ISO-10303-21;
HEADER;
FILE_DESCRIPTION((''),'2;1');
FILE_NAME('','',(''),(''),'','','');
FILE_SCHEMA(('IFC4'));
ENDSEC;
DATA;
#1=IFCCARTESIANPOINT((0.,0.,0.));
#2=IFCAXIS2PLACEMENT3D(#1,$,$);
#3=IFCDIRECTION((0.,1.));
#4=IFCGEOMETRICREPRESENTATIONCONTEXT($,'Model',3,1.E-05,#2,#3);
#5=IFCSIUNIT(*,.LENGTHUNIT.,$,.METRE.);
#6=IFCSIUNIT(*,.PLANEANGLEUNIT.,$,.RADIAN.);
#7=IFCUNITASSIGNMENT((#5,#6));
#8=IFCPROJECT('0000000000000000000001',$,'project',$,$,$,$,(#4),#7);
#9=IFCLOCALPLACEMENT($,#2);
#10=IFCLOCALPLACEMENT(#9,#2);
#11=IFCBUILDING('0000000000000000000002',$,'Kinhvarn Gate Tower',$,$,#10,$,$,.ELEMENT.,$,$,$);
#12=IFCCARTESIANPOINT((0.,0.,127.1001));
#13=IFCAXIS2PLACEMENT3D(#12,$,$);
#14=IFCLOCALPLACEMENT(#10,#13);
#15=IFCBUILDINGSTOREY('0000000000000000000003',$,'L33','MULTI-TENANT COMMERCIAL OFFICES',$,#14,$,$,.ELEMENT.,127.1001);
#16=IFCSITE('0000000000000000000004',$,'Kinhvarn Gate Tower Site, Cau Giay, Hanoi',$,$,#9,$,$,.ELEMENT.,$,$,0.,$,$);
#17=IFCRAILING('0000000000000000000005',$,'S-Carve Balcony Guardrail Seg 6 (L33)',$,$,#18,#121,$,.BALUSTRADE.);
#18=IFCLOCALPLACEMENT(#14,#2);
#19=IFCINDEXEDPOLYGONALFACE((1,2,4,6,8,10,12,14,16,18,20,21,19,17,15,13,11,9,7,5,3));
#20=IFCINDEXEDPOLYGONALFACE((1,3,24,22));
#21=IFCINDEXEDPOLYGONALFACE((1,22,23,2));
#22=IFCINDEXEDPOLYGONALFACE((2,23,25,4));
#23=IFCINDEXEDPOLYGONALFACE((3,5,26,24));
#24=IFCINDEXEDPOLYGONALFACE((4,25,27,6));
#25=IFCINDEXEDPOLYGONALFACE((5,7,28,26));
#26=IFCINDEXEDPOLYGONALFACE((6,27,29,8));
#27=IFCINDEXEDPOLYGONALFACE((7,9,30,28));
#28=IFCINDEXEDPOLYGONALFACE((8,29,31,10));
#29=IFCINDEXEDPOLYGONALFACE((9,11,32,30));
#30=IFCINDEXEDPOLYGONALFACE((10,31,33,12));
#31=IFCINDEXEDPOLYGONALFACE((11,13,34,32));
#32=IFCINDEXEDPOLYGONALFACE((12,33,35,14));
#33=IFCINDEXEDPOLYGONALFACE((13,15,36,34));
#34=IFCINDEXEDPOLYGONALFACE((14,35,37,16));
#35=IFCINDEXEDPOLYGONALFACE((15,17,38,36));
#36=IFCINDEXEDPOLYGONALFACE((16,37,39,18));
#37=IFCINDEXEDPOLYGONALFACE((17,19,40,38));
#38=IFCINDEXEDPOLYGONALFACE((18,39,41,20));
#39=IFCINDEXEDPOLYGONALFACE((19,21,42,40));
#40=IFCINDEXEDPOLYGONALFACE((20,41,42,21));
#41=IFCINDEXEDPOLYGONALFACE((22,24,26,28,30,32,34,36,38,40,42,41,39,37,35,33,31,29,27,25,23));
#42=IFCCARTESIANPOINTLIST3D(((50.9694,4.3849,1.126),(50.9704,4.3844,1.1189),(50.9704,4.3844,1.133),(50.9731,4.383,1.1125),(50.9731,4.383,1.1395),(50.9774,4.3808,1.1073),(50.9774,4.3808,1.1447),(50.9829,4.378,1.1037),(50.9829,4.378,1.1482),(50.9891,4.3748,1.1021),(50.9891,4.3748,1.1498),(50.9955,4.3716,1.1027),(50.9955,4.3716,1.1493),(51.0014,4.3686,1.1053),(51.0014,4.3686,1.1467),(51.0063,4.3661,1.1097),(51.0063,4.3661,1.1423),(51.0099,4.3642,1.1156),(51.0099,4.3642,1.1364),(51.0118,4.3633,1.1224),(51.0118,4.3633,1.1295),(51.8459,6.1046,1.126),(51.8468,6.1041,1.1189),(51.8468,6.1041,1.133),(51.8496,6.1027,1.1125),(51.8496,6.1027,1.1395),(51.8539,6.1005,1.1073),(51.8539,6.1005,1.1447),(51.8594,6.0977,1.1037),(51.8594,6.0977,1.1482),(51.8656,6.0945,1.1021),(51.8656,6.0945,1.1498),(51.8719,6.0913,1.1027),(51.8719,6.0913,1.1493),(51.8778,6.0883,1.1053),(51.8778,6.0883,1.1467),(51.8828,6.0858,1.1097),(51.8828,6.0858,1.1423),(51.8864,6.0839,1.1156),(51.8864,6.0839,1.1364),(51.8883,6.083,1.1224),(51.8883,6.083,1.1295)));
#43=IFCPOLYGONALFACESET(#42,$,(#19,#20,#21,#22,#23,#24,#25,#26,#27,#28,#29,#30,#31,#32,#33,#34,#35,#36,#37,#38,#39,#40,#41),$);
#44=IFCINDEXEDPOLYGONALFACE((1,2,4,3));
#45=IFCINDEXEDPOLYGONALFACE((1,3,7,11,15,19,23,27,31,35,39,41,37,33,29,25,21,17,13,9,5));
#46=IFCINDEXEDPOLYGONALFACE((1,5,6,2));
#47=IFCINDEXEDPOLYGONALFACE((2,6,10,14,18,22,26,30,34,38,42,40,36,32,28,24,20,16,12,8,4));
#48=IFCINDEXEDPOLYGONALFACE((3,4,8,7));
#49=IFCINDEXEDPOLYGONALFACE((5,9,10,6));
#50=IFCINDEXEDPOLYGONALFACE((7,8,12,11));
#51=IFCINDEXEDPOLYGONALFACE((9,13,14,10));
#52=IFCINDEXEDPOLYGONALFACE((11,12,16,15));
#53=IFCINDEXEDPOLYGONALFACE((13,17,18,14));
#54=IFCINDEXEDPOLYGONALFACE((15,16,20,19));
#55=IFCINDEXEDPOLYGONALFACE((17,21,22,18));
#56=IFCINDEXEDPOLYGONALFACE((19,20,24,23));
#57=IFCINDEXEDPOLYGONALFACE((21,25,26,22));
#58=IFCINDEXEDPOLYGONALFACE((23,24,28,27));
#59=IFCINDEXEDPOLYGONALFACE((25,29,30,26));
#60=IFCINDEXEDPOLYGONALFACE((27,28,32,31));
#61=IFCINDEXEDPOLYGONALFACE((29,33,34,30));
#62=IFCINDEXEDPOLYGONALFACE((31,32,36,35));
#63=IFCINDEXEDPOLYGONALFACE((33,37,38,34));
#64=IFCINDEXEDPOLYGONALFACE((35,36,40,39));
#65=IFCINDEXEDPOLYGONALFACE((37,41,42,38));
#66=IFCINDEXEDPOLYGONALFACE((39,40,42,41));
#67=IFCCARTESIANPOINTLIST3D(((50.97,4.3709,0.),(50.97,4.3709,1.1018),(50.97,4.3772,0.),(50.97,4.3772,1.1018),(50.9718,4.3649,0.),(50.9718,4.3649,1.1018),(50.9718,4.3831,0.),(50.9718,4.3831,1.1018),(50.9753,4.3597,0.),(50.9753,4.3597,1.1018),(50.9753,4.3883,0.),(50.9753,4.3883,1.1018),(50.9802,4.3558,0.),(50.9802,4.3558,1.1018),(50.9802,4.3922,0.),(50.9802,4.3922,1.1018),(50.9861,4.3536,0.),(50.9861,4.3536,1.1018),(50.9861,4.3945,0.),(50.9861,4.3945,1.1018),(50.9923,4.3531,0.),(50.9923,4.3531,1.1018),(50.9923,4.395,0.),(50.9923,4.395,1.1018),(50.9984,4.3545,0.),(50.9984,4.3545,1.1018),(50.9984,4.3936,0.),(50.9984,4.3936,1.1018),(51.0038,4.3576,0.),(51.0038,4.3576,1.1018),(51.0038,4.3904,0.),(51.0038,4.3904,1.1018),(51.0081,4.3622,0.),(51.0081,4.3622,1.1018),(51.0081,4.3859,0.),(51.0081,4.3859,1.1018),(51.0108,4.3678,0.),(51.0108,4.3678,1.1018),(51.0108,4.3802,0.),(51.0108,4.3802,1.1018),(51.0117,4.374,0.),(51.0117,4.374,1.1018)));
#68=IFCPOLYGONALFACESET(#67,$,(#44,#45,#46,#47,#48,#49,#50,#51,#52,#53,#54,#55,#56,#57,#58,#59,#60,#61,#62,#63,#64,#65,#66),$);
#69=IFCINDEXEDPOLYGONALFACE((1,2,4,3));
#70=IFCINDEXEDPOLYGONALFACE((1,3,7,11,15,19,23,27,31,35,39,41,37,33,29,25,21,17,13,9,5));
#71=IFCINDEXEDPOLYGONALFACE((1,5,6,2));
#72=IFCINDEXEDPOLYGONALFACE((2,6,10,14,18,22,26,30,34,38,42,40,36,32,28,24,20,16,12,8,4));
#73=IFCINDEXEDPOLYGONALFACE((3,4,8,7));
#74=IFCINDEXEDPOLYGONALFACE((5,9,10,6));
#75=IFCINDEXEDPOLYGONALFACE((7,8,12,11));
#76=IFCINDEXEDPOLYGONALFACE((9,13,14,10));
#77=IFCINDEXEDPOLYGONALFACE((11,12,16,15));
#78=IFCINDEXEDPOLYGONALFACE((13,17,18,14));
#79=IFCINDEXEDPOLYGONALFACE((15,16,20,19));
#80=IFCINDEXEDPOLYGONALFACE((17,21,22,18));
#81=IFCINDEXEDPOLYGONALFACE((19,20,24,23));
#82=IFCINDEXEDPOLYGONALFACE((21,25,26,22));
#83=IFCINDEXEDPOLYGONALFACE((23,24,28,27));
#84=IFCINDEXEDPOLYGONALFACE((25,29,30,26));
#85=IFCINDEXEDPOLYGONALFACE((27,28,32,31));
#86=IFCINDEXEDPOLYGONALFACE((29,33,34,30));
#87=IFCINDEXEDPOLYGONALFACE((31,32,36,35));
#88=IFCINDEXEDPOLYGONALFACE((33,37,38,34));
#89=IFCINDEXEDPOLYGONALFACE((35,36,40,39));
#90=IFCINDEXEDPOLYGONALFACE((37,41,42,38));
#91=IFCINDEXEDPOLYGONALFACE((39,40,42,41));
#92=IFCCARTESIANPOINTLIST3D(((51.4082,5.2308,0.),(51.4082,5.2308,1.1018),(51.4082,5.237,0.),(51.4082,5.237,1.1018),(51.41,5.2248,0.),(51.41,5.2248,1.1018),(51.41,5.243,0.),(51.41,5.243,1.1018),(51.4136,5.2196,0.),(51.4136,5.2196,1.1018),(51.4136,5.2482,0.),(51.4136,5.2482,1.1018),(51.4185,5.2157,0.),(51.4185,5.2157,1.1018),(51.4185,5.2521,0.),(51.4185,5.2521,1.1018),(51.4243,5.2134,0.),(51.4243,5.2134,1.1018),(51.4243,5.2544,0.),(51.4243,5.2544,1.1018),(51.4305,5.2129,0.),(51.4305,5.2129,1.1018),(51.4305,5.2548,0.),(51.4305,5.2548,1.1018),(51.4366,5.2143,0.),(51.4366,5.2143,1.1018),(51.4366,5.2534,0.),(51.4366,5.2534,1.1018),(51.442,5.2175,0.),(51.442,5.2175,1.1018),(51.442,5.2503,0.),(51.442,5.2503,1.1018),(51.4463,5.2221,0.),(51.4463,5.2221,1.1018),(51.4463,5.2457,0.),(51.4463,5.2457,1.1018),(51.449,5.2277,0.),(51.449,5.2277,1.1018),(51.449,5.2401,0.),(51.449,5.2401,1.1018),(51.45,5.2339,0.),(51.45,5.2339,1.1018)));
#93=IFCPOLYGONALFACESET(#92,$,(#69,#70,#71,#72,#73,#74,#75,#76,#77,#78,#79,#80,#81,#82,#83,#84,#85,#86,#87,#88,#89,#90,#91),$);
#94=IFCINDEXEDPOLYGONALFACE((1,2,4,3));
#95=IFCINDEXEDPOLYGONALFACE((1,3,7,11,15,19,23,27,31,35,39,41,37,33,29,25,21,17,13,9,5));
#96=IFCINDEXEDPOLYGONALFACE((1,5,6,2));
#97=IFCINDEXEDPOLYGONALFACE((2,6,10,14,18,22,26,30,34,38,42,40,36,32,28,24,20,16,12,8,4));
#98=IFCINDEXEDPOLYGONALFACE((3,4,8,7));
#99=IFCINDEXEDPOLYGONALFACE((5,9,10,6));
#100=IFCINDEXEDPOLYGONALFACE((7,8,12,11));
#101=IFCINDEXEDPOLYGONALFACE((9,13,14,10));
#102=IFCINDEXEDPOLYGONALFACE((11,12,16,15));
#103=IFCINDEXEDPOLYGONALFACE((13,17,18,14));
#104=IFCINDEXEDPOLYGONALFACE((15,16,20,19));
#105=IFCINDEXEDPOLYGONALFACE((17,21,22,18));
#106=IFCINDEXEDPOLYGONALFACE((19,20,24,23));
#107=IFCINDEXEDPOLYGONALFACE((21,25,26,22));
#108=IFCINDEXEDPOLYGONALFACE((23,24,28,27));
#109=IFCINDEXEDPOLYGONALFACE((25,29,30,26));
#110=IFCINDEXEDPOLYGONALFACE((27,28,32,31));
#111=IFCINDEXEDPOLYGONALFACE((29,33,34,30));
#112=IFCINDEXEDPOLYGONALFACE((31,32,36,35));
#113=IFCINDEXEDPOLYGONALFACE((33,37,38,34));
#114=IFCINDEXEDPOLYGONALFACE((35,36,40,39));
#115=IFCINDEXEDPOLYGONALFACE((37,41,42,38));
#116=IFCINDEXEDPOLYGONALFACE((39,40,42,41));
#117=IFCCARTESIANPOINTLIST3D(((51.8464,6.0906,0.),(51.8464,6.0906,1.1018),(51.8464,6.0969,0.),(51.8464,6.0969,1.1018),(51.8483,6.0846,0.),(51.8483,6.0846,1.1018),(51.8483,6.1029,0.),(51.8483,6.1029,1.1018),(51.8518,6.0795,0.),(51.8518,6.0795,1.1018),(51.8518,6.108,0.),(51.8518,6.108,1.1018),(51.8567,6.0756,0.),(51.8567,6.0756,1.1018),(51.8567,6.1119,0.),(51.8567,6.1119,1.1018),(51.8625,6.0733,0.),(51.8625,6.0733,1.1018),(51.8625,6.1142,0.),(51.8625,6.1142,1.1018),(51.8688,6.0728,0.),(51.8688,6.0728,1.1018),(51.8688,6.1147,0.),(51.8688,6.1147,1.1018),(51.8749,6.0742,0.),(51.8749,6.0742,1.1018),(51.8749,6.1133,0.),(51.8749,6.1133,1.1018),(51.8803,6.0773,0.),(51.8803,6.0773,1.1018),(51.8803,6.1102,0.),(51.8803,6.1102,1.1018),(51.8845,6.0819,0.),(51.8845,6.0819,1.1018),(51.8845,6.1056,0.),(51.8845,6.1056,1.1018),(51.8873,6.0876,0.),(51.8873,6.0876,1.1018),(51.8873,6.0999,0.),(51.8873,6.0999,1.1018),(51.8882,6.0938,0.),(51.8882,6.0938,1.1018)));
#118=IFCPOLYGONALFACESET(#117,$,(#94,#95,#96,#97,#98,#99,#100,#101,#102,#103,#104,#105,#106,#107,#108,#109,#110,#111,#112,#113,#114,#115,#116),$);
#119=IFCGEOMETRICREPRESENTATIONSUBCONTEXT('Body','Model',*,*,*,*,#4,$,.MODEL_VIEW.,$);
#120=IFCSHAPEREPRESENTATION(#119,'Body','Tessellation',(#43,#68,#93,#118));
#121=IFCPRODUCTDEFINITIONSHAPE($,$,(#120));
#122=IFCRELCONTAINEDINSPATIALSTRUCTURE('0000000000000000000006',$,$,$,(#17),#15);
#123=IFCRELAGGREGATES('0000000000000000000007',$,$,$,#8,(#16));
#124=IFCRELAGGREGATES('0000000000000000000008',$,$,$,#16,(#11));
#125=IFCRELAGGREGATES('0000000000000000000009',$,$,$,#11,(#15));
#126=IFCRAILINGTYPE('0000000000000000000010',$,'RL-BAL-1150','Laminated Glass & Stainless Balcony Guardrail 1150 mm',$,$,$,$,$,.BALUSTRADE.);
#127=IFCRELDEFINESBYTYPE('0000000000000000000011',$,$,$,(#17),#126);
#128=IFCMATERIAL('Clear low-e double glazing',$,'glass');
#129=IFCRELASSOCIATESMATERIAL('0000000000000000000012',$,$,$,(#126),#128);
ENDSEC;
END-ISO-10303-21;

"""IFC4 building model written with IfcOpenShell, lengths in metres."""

from ifc_helpers import new_model, si_unit, direction, frame, origin, origin_2d, place, context, subcontext, project, spatial, circle, extrude, material, type_object, element, save


model = new_model("IFC4")

# Units and contexts
model_context = context("Model", 3, precision=1e-05, world=origin(), true_north=direction((0.0, 1.0)))
body_context = subcontext(model_context, "Body", "Model", "MODEL_VIEW")
ifc_project = project(units=[si_unit("LENGTHUNIT", "METRE"), si_unit("PLANEANGLEUNIT", "RADIAN")], contexts=[model_context])

# Site, building, storey
site_placement = place(None, origin())
site = spatial("IfcSite", under=ifc_project, at=site_placement, Name="Kinhvarn Gate Tower Site, Cau Giay, Hanoi", CompositionType="ELEMENT", RefElevation=0.0)
building_placement = place(site_placement, origin())
building = spatial("IfcBuilding", under=site, at=building_placement, Name="Kinhvarn Gate Tower", CompositionType="ELEMENT")
storey_placement = place(building_placement, frame((0.0, 0.0, 127.1001)))
storey = spatial("IfcBuildingStorey", under=building, at=storey_placement, Name="L33", Description="MULTI-TENANT COMMERCIAL OFFICES", CompositionType="ELEMENT", Elevation=127.1001)

# Shared definitions
ifc_material_1 = material(Name="Clear low-e double glazing", Category="glass")

# Railing
railing_type = type_object("IfcRailingType", Name="RL-BAL-1150", Description="Laminated Glass & Stainless Balcony Guardrail 1150 mm", PredefinedType="BALUSTRADE", material=ifc_material_1)
railing_1_placement = place(storey_placement, frame((50.9907, 4.374, 0.0)))
element("IfcRailing", 1, at=railing_1_placement, inside=storey, type_object=railing_type, Name="S-Carve Balcony Guardrail Seg 6 (L33)", PredefinedType="BALUSTRADE", context=body_context, shape_type="SweptSolid", body=[
    extrude(circle(Radius=0.0239, at=origin_2d()), frame((0.0, 0.0, 1.126), z_axis=(0.454081, 0.89096, 0.0), x_axis=(-0.89096, 0.454081, 0.0)), (0.0, 0.0, 1.0), 1.9302),
    extrude(circle(Radius=0.021, at=origin_2d()), origin(), (0.0, 0.0, 1.0), 1.1018),
    extrude(circle(Radius=0.021, at=origin_2d()), frame((0.4382, 0.8599, 0.0)), (0.0, 0.0, 1.0), 1.1018),
    extrude(circle(Radius=0.021, at=origin_2d()), frame((0.8765, 1.7197, 0.0)), (0.0, 0.0, 1.0), 1.1018),
])

save(model, "model.ifc")
